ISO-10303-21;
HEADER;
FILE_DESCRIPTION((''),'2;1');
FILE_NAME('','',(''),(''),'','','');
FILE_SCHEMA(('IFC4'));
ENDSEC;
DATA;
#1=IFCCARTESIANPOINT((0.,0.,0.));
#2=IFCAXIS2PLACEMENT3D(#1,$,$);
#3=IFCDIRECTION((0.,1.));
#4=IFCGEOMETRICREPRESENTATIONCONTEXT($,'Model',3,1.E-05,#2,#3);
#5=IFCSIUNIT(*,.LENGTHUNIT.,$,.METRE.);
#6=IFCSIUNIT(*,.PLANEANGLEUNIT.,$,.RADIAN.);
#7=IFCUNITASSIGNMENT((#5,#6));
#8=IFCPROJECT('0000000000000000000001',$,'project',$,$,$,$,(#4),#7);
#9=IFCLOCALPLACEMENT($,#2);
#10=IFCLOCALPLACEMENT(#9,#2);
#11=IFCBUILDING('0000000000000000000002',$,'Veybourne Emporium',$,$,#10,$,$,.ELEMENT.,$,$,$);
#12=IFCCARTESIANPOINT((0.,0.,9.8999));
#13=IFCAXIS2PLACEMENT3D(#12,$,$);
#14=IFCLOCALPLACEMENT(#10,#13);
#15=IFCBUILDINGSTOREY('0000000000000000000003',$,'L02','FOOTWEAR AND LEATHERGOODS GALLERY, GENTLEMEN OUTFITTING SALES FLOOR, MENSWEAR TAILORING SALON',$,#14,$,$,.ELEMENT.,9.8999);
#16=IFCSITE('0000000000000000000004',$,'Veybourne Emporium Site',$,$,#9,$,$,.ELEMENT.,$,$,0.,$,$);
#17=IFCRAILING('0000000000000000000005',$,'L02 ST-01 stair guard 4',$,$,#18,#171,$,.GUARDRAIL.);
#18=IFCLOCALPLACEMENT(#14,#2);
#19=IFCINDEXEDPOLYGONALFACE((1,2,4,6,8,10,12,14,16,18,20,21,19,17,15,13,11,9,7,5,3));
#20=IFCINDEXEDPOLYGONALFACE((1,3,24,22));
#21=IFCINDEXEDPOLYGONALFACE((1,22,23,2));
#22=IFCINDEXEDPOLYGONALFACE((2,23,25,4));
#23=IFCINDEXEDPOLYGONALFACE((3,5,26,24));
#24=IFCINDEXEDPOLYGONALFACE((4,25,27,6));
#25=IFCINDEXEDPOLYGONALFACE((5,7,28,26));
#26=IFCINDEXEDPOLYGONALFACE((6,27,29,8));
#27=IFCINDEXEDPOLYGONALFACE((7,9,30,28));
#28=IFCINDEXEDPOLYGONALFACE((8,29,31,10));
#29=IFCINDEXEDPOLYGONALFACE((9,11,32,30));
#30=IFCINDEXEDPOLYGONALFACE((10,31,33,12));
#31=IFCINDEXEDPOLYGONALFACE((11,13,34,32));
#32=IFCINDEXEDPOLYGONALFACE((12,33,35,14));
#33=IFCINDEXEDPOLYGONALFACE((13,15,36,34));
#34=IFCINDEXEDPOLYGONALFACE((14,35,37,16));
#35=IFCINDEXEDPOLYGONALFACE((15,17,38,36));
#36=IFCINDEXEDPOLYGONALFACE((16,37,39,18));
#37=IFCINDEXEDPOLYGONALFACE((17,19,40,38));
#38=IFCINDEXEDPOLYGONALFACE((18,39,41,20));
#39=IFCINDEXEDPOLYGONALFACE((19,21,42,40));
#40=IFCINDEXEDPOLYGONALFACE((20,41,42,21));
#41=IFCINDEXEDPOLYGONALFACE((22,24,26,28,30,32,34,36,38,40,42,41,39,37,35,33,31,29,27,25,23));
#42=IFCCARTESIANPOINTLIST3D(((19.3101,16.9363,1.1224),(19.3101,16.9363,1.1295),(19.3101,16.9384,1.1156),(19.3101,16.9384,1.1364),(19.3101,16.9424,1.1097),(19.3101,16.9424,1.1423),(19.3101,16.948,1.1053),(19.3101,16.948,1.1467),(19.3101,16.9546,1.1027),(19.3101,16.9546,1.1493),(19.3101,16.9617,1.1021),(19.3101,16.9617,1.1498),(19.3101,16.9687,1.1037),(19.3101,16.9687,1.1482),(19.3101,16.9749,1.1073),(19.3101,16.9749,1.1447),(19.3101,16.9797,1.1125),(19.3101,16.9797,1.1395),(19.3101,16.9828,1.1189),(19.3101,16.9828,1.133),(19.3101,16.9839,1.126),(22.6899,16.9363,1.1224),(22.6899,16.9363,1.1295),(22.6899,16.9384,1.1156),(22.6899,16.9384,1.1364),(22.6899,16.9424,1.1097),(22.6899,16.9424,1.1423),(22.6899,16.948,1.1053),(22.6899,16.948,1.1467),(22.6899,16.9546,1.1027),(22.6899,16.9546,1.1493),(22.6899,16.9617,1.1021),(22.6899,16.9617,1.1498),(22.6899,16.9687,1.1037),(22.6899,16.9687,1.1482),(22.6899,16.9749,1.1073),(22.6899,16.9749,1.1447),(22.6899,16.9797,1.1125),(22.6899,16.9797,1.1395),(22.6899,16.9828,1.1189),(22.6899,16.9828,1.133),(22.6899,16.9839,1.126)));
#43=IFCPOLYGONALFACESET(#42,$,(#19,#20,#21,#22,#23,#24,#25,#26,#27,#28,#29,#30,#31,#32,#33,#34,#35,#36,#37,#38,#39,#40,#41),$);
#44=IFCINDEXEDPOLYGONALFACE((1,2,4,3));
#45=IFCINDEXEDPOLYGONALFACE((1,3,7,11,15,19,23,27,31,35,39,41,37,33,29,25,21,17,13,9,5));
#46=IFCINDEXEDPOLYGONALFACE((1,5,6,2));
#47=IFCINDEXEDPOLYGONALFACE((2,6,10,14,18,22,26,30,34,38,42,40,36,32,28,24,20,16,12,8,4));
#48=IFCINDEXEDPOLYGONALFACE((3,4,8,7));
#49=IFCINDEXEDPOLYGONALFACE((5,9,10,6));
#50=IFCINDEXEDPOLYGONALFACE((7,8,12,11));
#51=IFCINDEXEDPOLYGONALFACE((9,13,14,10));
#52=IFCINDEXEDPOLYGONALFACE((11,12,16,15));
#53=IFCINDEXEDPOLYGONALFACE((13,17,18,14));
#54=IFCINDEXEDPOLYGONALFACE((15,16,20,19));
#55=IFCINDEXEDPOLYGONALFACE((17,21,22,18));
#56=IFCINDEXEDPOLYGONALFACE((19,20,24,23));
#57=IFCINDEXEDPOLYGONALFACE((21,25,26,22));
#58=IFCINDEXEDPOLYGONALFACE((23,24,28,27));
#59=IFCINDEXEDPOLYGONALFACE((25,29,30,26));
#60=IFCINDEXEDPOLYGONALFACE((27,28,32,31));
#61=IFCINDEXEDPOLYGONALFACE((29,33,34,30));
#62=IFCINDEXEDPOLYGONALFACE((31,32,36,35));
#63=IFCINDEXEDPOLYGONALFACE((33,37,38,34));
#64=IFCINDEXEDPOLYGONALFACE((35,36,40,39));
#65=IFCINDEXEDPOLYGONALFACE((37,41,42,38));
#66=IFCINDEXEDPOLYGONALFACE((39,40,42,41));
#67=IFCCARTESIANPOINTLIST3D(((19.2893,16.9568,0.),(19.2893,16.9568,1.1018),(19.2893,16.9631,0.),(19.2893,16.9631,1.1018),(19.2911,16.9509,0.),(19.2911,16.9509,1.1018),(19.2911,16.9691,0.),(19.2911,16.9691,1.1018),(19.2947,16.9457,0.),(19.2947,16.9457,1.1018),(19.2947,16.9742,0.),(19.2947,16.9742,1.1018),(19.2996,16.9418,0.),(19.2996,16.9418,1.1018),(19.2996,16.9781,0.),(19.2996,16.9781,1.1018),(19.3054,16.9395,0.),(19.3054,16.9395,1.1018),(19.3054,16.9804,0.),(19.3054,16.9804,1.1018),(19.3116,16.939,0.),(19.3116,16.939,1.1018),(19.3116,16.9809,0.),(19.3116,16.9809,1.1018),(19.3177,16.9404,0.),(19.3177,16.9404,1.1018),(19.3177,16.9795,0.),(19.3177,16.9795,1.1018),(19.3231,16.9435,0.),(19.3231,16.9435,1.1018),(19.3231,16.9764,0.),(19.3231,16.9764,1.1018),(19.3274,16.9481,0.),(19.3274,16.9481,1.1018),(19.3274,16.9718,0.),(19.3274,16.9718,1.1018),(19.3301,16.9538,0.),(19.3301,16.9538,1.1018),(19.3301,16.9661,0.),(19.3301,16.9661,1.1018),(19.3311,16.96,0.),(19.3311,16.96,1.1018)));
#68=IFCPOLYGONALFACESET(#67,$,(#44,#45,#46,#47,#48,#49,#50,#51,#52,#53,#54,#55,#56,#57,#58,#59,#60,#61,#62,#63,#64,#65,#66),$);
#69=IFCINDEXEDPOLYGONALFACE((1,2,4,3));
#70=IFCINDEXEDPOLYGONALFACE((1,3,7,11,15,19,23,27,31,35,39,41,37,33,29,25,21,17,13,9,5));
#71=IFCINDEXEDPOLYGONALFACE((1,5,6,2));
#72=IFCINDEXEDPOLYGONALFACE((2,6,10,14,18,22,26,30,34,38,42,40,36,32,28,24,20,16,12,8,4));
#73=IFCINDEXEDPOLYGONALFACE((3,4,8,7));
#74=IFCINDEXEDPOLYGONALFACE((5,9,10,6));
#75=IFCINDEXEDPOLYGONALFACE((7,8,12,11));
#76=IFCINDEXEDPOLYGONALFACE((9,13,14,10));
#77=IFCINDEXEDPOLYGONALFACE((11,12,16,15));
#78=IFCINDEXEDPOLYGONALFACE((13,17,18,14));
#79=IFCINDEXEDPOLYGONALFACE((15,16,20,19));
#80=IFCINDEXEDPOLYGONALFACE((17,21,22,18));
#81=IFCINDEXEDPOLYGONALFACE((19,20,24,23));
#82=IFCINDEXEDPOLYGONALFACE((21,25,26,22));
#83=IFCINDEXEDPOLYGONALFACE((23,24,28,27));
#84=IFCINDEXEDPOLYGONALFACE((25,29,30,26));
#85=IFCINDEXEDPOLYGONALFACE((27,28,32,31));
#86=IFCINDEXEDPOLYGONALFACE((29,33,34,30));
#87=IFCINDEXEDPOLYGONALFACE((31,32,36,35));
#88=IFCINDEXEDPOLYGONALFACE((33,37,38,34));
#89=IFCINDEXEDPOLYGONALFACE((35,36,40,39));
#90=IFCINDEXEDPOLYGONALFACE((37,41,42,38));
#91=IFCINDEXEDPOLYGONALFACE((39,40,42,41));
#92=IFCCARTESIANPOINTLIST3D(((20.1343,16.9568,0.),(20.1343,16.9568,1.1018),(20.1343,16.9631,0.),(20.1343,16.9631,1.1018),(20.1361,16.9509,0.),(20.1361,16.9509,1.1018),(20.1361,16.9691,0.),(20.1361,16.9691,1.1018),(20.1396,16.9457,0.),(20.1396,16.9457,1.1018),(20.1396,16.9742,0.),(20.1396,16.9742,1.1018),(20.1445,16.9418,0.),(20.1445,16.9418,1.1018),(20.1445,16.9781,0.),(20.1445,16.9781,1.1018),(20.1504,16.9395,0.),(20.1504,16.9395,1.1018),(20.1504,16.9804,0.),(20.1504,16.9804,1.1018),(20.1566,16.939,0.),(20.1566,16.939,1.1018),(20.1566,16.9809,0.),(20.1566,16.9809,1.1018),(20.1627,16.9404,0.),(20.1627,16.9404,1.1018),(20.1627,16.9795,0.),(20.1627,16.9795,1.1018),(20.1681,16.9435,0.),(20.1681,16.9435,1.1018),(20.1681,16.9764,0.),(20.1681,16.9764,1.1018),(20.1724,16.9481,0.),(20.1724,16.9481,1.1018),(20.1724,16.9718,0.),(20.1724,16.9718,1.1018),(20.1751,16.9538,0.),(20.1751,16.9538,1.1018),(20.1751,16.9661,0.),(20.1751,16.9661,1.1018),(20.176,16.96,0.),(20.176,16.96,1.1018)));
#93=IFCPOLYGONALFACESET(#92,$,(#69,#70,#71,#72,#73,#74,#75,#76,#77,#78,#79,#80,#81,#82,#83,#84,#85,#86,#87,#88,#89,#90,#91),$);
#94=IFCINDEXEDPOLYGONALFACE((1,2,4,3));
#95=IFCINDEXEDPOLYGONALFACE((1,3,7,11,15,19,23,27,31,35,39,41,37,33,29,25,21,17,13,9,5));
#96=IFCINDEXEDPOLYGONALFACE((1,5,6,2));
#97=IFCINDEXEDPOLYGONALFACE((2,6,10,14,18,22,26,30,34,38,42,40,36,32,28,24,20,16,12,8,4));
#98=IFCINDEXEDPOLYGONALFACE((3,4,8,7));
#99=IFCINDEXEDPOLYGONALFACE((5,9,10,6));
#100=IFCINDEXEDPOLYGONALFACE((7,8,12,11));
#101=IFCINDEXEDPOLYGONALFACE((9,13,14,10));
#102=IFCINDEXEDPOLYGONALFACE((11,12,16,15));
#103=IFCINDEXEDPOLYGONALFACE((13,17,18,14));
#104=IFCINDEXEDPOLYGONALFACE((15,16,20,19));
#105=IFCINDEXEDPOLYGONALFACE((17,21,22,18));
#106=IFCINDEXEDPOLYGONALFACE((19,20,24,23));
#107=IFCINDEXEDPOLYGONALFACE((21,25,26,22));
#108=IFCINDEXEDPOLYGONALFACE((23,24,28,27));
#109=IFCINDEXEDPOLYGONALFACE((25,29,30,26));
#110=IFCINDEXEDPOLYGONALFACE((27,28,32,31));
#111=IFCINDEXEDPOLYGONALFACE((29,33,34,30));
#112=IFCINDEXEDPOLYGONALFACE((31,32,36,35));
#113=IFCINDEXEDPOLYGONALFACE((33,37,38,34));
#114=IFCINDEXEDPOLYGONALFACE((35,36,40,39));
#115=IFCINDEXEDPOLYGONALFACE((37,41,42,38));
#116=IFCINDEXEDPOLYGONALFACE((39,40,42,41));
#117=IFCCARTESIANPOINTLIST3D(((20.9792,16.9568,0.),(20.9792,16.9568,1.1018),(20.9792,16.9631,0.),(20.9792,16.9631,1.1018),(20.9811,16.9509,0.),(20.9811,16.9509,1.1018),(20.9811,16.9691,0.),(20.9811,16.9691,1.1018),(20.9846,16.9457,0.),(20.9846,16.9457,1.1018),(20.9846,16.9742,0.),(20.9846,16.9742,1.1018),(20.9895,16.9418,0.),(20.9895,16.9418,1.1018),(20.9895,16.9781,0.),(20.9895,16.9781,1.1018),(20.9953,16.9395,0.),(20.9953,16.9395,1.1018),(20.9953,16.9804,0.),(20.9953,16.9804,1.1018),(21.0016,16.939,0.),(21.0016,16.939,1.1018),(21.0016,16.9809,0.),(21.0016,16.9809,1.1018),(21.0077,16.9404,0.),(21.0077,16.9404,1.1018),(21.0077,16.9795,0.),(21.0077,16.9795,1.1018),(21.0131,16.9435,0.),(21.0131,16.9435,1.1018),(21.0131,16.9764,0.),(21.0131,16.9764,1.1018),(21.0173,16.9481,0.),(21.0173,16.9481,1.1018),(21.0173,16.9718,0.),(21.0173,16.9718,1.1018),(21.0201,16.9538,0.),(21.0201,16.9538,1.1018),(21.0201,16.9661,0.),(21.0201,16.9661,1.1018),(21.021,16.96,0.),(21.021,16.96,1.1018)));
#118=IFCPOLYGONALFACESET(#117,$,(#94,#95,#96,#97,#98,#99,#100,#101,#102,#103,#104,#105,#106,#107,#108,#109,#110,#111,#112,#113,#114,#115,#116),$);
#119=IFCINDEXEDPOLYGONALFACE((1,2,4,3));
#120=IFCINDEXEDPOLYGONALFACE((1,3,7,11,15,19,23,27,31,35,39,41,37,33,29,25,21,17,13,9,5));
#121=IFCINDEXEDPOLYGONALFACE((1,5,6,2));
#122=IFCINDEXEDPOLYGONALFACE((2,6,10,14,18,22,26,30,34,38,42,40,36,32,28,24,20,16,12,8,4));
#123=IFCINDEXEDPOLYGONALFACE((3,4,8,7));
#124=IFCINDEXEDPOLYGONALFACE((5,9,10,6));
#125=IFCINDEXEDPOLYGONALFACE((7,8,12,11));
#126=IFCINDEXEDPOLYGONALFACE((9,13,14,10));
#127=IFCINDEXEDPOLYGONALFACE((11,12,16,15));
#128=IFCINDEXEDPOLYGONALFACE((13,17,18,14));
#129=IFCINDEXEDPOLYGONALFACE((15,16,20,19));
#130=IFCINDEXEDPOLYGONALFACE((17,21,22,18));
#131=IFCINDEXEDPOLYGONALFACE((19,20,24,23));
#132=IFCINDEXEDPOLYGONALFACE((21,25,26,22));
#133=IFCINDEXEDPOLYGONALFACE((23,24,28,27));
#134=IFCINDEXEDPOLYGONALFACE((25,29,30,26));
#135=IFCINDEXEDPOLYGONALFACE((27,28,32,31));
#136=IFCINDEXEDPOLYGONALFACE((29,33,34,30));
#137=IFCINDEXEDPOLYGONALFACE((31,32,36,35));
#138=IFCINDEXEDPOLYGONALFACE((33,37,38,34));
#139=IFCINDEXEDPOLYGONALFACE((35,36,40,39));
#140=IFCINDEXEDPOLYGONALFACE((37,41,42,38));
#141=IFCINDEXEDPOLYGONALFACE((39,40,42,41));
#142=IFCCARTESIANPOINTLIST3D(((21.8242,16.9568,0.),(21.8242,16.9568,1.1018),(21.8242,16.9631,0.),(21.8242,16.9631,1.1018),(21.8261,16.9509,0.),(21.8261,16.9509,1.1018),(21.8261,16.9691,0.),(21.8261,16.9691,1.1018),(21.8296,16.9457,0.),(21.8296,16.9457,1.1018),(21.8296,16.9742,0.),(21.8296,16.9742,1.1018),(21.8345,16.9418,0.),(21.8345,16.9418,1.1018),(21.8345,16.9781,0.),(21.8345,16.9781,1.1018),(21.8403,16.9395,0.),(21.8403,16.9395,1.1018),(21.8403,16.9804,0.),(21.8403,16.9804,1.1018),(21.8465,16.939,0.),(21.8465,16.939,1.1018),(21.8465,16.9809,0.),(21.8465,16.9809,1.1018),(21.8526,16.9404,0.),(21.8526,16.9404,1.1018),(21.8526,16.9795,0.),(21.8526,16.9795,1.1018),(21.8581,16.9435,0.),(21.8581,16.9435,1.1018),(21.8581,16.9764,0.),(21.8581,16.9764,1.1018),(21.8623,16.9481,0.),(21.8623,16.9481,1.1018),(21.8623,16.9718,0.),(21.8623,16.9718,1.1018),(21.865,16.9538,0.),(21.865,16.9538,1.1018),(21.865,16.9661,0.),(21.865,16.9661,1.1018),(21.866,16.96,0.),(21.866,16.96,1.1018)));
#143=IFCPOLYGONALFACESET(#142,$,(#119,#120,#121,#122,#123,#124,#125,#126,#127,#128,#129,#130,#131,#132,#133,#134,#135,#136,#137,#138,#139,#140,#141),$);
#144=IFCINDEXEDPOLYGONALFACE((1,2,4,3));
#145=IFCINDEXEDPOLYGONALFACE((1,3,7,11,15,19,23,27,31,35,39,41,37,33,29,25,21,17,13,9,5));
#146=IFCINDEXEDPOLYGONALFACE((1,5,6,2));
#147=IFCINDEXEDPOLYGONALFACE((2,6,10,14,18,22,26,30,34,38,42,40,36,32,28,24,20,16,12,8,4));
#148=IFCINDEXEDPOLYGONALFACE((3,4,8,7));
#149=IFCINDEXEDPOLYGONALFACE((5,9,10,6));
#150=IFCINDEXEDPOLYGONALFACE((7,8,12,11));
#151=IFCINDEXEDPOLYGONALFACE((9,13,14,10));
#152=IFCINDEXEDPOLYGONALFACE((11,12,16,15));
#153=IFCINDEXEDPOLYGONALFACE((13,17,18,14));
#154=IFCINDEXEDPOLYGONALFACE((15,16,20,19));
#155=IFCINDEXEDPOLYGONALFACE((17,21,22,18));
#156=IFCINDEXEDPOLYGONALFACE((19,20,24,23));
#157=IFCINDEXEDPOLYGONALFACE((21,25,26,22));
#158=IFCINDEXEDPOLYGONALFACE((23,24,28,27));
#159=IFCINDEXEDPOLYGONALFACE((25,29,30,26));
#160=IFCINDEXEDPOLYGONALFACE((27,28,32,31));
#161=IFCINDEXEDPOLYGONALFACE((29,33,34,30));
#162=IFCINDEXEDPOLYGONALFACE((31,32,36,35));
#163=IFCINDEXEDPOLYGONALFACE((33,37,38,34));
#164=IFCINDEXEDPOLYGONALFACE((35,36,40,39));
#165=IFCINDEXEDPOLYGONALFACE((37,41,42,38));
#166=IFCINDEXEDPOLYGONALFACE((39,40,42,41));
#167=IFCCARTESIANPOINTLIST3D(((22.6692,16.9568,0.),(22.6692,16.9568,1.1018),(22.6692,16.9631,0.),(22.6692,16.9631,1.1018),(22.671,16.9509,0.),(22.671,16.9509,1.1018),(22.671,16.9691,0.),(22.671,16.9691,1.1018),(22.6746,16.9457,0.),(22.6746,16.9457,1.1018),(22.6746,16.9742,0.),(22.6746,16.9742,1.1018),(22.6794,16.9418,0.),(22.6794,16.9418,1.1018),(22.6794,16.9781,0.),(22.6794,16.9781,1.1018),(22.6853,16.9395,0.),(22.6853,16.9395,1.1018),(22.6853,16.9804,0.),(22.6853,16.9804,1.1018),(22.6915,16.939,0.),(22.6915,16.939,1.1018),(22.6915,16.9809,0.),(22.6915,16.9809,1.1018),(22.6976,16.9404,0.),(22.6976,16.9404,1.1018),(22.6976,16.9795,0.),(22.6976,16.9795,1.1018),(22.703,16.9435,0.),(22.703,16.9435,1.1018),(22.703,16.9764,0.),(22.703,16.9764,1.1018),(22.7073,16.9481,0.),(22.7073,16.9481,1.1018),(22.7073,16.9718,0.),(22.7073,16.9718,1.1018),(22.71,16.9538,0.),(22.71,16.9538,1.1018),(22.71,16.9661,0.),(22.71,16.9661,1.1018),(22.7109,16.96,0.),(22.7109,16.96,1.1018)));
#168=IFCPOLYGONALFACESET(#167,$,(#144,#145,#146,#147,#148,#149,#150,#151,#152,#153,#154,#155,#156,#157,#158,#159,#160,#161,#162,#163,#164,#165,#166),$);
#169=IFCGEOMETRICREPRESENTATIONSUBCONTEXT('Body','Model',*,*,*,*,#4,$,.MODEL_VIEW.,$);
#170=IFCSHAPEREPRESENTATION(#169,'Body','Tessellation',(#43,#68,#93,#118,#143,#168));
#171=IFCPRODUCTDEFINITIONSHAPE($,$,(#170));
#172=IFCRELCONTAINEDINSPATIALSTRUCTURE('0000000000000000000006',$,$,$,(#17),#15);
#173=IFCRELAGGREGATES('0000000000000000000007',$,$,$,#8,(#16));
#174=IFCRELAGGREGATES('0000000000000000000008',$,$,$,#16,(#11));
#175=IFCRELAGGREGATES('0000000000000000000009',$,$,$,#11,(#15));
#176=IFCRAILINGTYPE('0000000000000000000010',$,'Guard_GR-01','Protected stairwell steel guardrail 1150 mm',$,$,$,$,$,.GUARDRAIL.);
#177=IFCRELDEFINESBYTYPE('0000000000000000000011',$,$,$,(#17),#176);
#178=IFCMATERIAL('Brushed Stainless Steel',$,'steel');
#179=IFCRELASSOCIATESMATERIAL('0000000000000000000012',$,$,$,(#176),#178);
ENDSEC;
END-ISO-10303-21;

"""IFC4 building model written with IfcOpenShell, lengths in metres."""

from ifc_helpers import new_model, si_unit, direction, frame, origin, origin_2d, place, context, subcontext, project, spatial, circle, extrude, material, type_object, element, save


model = new_model("IFC4")

# Units and contexts
model_context = context("Model", 3, precision=1e-05, world=origin(), true_north=direction((0.0, 1.0)))
body_context = subcontext(model_context, "Body", "Model", "MODEL_VIEW")
ifc_project = project(units=[si_unit("LENGTHUNIT", "METRE"), si_unit("PLANEANGLEUNIT", "RADIAN")], contexts=[model_context])

# Site, building, storey
site_placement = place(None, origin())
site = spatial("IfcSite", under=ifc_project, at=site_placement, Name="Veybourne Emporium Site", CompositionType="ELEMENT", RefElevation=0.0)
building_placement = place(site_placement, origin())
building = spatial("IfcBuilding", under=site, at=building_placement, Name="Veybourne Emporium", CompositionType="ELEMENT")
storey_placement = place(building_placement, frame((0.0, 0.0, 9.8999)))
storey = spatial("IfcBuildingStorey", under=building, at=storey_placement, Name="L02", Description="FOOTWEAR AND LEATHERGOODS GALLERY, GENTLEMEN OUTFITTING SALES FLOOR, MENSWEAR TAILORING SALON", CompositionType="ELEMENT", Elevation=9.8999)

# Railing
ifc_material_1 = material(Name="Brushed Stainless Steel", Category="steel")
railing_type_1 = type_object("IfcRailingType", Name="Guard_GR-01", Description="Protected stairwell steel guardrail 1150 mm", PredefinedType="GUARDRAIL", material=ifc_material_1)
railing_1_placement = place(storey_placement, frame((19.3101, 16.96, 0.0)))
element("IfcRailing", 1, at=railing_1_placement, inside=storey, type_object=railing_type_1, Name="L02 ST-01 stair guard 4", PredefinedType="GUARDRAIL", context=body_context, shape_type="SweptSolid", body=[
    extrude(circle(Radius=0.0239, at=origin_2d()), frame((0.0, 0.0, 1.126), z_axis=(1.0, 0.0, 0.0), x_axis=(0.0, 1.0, 0.0)), (0.0, 0.0, 1.0), 3.3799),
    extrude(circle(Radius=0.021, at=origin_2d()), origin(), (0.0, 0.0, 1.0), 1.1018),
    extrude(circle(Radius=0.021, at=origin_2d()), frame((0.845, 0.0, 0.0)), (0.0, 0.0, 1.0), 1.1018),
    extrude(circle(Radius=0.021, at=origin_2d()), frame((1.6899, 0.0, 0.0)), (0.0, 0.0, 1.0), 1.1018),
    extrude(circle(Radius=0.021, at=origin_2d()), frame((2.5349, 0.0, 0.0)), (0.0, 0.0, 1.0), 1.1018),
    extrude(circle(Radius=0.021, at=origin_2d()), frame((3.3799, 0.0, 0.0)), (0.0, 0.0, 1.0), 1.1018),
])

save(model, "model.ifc")
